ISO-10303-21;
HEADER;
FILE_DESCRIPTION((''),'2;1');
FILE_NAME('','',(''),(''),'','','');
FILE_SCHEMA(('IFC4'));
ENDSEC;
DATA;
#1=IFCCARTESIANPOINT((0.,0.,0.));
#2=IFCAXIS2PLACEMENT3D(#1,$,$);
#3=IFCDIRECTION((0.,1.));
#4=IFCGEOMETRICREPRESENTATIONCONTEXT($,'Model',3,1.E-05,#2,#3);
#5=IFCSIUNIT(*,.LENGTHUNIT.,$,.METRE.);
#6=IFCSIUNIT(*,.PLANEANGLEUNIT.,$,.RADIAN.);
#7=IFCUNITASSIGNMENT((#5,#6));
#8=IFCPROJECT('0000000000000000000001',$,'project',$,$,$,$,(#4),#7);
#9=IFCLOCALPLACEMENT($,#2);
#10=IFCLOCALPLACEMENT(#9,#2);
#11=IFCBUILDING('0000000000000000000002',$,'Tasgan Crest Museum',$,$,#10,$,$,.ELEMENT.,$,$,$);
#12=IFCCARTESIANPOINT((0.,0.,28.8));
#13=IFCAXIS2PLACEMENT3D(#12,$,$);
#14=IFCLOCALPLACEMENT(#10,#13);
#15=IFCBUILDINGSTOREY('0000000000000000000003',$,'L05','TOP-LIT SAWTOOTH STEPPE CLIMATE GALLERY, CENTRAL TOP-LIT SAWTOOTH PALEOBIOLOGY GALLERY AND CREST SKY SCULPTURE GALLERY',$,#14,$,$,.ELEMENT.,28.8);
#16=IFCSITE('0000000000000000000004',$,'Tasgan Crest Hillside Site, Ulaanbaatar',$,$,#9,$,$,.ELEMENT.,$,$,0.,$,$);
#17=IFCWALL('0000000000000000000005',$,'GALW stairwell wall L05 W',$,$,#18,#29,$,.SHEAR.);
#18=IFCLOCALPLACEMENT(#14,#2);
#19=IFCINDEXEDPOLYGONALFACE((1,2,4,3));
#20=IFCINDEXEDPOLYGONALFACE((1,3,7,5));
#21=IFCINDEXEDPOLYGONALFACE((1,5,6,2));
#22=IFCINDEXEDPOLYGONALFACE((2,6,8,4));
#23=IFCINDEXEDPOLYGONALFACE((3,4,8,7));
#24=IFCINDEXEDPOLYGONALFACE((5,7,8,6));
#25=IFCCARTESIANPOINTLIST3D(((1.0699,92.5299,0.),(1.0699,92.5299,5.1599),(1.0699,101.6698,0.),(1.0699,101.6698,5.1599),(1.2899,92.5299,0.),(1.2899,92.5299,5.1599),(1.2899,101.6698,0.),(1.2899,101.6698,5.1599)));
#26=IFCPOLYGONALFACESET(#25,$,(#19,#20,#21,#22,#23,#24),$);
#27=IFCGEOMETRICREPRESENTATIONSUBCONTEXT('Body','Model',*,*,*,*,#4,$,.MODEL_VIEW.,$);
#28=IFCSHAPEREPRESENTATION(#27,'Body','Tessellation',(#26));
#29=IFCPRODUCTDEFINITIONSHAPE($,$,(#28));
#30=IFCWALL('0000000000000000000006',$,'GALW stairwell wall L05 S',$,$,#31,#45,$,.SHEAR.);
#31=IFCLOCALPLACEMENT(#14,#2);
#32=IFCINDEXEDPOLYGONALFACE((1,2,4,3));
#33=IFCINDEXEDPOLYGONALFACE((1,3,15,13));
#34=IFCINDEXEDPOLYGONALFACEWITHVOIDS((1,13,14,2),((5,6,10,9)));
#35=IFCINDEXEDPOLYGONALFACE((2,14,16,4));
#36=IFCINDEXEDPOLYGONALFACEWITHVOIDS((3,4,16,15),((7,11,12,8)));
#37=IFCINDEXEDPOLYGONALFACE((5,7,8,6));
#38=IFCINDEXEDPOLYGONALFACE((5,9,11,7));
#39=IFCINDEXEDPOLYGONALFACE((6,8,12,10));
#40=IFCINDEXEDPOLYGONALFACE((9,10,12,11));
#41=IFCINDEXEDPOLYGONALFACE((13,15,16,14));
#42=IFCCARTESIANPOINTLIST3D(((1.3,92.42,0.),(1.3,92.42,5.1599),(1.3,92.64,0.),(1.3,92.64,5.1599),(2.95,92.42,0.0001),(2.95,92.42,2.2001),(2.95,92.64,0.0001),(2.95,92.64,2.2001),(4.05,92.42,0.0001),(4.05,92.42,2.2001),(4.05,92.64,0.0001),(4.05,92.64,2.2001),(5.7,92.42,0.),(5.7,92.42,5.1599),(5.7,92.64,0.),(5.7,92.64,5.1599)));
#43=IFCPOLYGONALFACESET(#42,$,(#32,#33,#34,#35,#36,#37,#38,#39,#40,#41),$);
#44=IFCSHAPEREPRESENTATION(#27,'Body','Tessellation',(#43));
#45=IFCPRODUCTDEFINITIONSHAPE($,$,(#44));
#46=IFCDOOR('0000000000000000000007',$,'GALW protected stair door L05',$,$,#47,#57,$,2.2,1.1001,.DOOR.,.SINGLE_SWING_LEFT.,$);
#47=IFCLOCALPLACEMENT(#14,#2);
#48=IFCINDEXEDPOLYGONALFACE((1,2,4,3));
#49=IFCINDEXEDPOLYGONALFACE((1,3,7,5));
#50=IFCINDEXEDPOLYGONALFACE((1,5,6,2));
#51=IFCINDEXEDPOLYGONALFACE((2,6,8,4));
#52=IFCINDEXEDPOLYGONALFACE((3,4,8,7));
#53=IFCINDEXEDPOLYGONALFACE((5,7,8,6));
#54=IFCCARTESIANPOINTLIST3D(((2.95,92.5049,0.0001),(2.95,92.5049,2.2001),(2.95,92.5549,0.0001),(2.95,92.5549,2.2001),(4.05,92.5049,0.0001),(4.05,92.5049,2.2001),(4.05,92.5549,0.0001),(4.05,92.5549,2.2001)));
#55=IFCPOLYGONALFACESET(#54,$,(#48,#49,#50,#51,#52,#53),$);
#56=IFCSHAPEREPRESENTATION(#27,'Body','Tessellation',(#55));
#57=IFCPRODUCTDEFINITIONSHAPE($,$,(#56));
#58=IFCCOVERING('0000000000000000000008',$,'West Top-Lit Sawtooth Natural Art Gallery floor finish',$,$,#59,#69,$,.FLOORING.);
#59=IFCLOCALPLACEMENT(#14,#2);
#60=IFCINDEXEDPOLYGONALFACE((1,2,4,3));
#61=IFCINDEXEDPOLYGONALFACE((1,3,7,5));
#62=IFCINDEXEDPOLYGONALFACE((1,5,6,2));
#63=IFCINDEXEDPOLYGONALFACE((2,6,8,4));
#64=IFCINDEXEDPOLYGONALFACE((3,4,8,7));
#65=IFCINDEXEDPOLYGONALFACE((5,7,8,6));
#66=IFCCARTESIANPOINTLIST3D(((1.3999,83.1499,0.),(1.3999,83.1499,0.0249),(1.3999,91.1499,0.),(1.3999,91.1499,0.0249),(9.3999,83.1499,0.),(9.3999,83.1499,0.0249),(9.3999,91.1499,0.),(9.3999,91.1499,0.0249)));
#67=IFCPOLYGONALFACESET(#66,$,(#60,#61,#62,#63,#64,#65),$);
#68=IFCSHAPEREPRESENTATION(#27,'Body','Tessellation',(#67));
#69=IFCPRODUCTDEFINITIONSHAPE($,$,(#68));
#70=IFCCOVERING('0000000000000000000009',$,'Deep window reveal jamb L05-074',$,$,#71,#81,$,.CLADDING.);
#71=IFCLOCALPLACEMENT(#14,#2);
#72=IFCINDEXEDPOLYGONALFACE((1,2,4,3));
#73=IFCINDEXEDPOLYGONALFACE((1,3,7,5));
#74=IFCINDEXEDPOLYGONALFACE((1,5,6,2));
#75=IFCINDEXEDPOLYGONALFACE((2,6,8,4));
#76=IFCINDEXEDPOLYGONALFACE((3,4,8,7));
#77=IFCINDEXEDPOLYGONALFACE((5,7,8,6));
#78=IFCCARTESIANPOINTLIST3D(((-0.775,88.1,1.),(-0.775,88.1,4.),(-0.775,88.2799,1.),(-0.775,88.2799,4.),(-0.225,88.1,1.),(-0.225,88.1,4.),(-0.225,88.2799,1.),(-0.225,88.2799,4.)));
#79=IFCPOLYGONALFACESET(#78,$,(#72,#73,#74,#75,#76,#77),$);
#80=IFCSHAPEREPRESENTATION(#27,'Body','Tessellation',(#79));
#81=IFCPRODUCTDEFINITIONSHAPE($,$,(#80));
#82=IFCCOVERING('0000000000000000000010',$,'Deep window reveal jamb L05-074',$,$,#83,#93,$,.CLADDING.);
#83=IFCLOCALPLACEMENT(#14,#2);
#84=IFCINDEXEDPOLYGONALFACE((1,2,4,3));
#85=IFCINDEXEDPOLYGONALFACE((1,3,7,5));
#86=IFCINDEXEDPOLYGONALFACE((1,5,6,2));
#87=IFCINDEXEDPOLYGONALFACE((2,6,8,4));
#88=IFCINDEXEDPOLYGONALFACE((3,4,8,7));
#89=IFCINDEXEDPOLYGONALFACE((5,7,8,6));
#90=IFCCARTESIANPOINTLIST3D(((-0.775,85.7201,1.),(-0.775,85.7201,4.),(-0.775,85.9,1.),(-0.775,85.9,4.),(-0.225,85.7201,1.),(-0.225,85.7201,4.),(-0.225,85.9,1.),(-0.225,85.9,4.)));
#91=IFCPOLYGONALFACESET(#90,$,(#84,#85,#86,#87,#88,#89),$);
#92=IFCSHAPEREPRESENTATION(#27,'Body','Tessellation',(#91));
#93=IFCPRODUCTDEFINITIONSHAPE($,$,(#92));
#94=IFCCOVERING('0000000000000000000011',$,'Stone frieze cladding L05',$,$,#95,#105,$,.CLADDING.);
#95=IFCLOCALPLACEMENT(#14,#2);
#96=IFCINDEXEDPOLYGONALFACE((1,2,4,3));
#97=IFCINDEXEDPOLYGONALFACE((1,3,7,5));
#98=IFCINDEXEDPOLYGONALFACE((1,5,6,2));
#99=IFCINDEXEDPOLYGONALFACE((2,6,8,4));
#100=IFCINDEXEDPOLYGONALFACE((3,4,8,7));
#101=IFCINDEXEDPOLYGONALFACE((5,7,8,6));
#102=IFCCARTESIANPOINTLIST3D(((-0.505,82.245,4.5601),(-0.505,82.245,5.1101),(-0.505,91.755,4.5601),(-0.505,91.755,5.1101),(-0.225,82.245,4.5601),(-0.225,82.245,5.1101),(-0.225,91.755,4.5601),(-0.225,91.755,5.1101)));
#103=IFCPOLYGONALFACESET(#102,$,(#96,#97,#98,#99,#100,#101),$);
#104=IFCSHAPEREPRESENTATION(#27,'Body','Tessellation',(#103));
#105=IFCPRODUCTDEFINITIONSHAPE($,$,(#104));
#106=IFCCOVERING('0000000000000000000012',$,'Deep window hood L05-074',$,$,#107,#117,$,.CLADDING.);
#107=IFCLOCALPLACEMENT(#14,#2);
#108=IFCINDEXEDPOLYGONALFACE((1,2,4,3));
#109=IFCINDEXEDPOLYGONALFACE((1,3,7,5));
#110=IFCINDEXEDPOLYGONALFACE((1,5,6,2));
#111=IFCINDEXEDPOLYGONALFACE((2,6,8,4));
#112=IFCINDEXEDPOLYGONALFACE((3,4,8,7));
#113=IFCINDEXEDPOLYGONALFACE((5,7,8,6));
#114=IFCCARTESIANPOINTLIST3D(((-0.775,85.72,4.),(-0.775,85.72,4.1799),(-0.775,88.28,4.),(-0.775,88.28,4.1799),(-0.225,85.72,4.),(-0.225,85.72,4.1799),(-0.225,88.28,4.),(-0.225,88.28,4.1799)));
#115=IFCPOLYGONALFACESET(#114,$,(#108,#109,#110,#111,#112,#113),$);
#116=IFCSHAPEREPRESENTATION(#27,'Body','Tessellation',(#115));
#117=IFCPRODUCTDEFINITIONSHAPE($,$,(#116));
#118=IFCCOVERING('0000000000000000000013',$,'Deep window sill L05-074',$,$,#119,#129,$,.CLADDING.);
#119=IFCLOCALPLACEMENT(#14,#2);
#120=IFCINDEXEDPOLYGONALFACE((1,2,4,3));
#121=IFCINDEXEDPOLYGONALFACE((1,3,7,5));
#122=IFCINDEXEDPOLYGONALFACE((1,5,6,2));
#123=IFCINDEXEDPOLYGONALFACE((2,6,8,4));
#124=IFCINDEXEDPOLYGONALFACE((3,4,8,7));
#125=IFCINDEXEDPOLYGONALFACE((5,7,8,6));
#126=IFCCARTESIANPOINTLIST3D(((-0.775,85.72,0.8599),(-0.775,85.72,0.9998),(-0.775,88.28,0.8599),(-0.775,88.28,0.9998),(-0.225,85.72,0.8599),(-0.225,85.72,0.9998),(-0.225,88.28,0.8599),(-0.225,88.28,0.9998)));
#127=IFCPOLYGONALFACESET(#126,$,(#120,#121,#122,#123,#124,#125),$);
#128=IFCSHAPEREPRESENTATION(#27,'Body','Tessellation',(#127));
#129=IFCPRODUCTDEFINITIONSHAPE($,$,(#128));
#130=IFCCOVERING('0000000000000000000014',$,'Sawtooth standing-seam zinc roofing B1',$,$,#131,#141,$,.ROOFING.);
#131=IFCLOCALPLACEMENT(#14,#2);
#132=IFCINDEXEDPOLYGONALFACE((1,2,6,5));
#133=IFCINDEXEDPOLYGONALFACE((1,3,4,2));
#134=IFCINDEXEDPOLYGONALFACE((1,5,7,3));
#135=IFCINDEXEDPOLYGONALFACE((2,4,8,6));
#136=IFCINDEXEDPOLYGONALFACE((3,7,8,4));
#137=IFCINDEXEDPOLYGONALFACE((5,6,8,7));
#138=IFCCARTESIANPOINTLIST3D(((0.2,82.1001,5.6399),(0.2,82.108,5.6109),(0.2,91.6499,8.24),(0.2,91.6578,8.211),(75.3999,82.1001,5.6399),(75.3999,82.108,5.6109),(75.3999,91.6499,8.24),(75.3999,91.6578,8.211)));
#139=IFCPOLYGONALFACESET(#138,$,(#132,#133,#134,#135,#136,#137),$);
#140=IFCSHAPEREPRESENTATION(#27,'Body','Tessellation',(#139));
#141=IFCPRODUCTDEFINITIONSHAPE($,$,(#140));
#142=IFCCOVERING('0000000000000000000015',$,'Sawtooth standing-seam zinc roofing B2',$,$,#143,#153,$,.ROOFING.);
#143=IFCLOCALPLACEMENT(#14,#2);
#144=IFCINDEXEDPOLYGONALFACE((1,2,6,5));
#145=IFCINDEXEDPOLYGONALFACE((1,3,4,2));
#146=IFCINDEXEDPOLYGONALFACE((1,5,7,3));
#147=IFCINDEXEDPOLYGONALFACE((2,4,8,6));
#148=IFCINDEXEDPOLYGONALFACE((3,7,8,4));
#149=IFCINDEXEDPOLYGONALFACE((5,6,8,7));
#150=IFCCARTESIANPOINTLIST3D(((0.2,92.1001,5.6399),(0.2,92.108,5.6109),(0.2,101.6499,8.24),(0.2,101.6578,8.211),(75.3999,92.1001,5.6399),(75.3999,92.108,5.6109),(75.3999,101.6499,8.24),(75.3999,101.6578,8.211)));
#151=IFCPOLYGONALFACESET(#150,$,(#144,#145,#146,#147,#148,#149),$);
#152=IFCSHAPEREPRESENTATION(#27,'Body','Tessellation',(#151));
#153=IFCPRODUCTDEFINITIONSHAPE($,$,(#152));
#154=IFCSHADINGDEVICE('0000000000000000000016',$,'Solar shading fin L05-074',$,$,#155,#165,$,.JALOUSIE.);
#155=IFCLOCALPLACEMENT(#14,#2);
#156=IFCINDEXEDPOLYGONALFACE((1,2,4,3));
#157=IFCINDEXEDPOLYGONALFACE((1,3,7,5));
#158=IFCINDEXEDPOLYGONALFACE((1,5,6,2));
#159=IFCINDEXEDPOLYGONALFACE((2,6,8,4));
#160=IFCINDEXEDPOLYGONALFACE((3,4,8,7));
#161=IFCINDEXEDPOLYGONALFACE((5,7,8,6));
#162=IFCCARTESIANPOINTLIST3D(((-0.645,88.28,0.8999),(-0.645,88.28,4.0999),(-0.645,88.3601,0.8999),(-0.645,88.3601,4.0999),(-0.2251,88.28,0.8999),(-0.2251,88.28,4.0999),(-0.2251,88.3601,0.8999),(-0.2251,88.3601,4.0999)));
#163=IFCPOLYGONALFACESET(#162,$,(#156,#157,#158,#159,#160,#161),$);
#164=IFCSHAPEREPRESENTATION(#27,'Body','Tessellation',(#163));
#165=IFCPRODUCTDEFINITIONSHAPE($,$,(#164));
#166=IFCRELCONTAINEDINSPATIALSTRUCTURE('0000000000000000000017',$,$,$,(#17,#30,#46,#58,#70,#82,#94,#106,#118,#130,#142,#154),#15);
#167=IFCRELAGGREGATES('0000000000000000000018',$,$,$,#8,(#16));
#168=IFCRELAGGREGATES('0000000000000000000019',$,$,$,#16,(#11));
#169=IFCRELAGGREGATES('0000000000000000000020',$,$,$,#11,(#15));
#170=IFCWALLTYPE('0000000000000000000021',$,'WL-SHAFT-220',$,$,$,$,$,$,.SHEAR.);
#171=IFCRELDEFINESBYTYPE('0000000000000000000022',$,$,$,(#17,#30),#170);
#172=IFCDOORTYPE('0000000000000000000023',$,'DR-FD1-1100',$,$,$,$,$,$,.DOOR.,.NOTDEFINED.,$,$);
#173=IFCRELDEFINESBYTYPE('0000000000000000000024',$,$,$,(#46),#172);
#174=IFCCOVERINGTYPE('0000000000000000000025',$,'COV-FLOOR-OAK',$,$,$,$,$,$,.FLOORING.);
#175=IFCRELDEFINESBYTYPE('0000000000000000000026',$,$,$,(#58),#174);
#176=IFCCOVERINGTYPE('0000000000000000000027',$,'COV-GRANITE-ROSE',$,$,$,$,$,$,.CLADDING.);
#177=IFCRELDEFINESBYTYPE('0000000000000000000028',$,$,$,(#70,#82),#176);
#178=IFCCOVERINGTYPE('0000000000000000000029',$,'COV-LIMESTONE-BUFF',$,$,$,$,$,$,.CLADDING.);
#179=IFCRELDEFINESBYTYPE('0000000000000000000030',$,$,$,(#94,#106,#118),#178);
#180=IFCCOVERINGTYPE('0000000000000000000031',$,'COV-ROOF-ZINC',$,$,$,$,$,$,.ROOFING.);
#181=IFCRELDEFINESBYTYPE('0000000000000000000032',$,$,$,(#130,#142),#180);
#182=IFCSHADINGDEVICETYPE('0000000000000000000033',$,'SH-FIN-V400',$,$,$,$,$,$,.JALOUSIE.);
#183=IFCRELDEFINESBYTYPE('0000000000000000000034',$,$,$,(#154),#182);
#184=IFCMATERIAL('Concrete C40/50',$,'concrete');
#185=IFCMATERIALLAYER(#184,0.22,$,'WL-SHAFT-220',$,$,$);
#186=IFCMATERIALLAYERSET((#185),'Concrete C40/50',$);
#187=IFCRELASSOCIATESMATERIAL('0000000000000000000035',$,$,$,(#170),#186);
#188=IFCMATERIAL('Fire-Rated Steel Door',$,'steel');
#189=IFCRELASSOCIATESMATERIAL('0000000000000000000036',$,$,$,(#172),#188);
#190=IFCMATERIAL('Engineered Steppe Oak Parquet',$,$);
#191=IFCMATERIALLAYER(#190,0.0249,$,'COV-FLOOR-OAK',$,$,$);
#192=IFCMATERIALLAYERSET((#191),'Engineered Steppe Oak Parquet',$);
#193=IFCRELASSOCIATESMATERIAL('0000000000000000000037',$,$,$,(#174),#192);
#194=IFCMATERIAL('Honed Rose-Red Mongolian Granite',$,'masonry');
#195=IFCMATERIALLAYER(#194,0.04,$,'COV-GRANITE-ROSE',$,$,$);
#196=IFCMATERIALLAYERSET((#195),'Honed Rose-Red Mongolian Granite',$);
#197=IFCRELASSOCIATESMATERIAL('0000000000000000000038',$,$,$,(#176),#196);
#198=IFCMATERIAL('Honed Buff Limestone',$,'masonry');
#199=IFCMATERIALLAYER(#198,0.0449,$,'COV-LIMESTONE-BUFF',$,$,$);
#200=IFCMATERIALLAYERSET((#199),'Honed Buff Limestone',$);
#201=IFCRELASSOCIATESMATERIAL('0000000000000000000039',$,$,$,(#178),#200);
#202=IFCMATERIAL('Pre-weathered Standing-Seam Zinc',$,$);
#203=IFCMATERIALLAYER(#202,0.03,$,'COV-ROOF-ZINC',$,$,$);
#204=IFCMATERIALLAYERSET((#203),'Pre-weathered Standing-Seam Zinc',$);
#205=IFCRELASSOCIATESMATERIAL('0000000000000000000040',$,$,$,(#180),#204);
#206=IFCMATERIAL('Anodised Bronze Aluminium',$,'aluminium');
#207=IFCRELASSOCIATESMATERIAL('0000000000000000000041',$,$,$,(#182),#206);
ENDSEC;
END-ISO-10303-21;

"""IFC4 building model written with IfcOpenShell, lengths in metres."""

from ifc_helpers import new_model, si_unit, direction, frame, frame_2d, origin, origin_2d, place, context, subcontext, project, spatial, polyline, rectangle, outline, extrude, material, layer, layer_set, type_object, element, fill, save


model = new_model("IFC4")

# Units and contexts
model_context = context("Model", 3, precision=1e-05, world=origin(), true_north=direction((0.0, 1.0)))
body_context = subcontext(model_context, "Body", "Model", "MODEL_VIEW")
ifc_project = project(units=[si_unit("LENGTHUNIT", "METRE"), si_unit("PLANEANGLEUNIT", "RADIAN")], contexts=[model_context])

# Site, building, storey
site_placement = place(None, origin())
site = spatial("IfcSite", under=ifc_project, at=site_placement, Name="Tasgan Crest Hillside Site, Ulaanbaatar", CompositionType="ELEMENT", RefElevation=0.0)
building_placement = place(site_placement, origin())
building = spatial("IfcBuilding", under=site, at=building_placement, Name="Tasgan Crest Museum", CompositionType="ELEMENT")
storey_placement = place(building_placement, frame((0.0, 0.0, 28.8)))
storey = spatial("IfcBuildingStorey", under=building, at=storey_placement, Name="L05", Description="TOP-LIT SAWTOOTH STEPPE CLIMATE GALLERY, CENTRAL TOP-LIT SAWTOOTH PALEOBIOLOGY GALLERY AND CREST SKY SCULPTURE GALLERY", CompositionType="ELEMENT", Elevation=28.8)

# Wall
ifc_material_1 = material(Name="Concrete C40/50", Category="concrete")
ifc_layer_1 = layer(ifc_material_1, 0.22, Name="WL-SHAFT-220")
ifc_layer_set_1 = layer_set([ifc_layer_1], Name="Concrete C40/50")
wall_type_1 = type_object("IfcWallType", Name="WL-SHAFT-220", PredefinedType="SHEAR", material=ifc_layer_set_1)
wall_1_placement = place(storey_placement, frame((1.1799, 92.53, 0.0), z_axis=(0.0, 0.0, 1.0), x_axis=(0.0, 1.0, 0.0)))
element("IfcWall", 1, at=wall_1_placement, inside=storey, type_object=wall_type_1, Name="GALW stairwell wall L05 W", PredefinedType="SHEAR", context=body_context, shape_type="SweptSolid", body=[
    extrude(rectangle(XDim=9.1399, YDim=0.22, at=frame_2d((4.5698, 0.0))), origin(), (0.0, 0.0, 1.0), 5.1599),
])

# Wall, opening, door
wall_2_placement = place(storey_placement, frame((1.3, 92.53, 0.0), z_axis=(0.0, 0.0, 1.0), x_axis=(1.0, 0.0, 0.0)))
wall_2 = element("IfcWall", 2, at=wall_2_placement, inside=storey, type_object=wall_type_1, Name="GALW stairwell wall L05 S", PredefinedType="SHEAR", context=body_context, shape_type="SweptSolid", body=[
    extrude(rectangle(XDim=4.3999, YDim=0.22, at=frame_2d((2.2, 0.0))), origin(), (0.0, 0.0, 1.0), 5.1599),
])
opening_1_placement = place(wall_2_placement, frame((1.6499, 0.0, 0.0)))
opening_1 = element("IfcOpeningElement", 3, at=opening_1_placement, cuts=wall_2, PredefinedType="OPENING", context=body_context, shape_type="SweptSolid", body=[
    extrude(rectangle(XDim=1.1001, YDim=2.2, at=frame_2d((0.55, 1.1001))), frame((0.0, 0.1199, 0.0), z_axis=(0.0, -1.0, 0.0), x_axis=(1.0, 0.0, 0.0)), (0.0, 0.0, 1.0), 0.24),
])
ifc_material_2 = material(Name="Fire-Rated Steel Door", Category="steel")
door_type = type_object("IfcDoorType", Name="DR-FD1-1100", OperationType="NOTDEFINED", PredefinedType="DOOR", material=ifc_material_2)
door_placement = place(opening_1_placement, origin())
door = element("IfcDoor", 4, at=door_placement, inside=storey, type_object=door_type, Name="GALW protected stair door L05", OperationType="SINGLE_SWING_LEFT", OverallHeight=2.2, OverallWidth=1.1001, PredefinedType="DOOR", context=body_context, shape_type="SweptSolid", body=[
    extrude(rectangle(XDim=1.1001, YDim=2.2, at=frame_2d((0.55, 1.1001))), frame((0.0, 0.0249, 0.0), z_axis=(0.0, -1.0, 0.0), x_axis=(1.0, 0.0, 0.0)), (0.0, 0.0, 1.0), 0.05),
])
fill(opening_1, door)

# Coverings
ifc_material_3 = material(Name="Engineered Steppe Oak Parquet")
ifc_layer_2 = layer(ifc_material_3, 0.0249, Name="COV-FLOOR-OAK")
ifc_layer_set_2 = layer_set([ifc_layer_2], Name="Engineered Steppe Oak Parquet")
covering_type_1 = type_object("IfcCoveringType", Name="COV-FLOOR-OAK", PredefinedType="FLOORING", material=ifc_layer_set_2)
covering_1_placement = place(storey_placement, frame((5.3999, 87.1499, 0.0), z_axis=(0.0, 0.0, 1.0), x_axis=(1.0, 0.0, 0.0)))
element("IfcCovering", 5, at=covering_1_placement, inside=storey, type_object=covering_type_1, Name="West Top-Lit Sawtooth Natural Art Gallery floor finish", PredefinedType="FLOORING", context=body_context, shape_type="SweptSolid", body=[
    extrude(rectangle(XDim=8.0, YDim=8.0, at=origin_2d()), origin(), (0.0, 0.0, 1.0), 0.0249),
])
ifc_material_4 = material(Name="Honed Rose-Red Mongolian Granite", Category="masonry")
ifc_layer_3 = layer(ifc_material_4, 0.04, Name="COV-GRANITE-ROSE")
ifc_layer_set_3 = layer_set([ifc_layer_3], Name="Honed Rose-Red Mongolian Granite")
covering_type_2 = type_object("IfcCoveringType", Name="COV-GRANITE-ROSE", PredefinedType="CLADDING", material=ifc_layer_set_3)
for number, where, z_axis, x_axis, name in (
    (6, (-0.5, 88.1899, 1.0), (0.0, 0.0, 1.0), (0.0, -1.0, 0.0), "Deep window reveal jamb L05-074"),
    (7, (-0.5, 85.8101, 1.0), (0.0, 0.0, 1.0), (0.0, -1.0, 0.0), "Deep window reveal jamb L05-074"),
):
    element("IfcCovering", number, at=place(storey_placement, frame(where, z_axis=z_axis, x_axis=x_axis)), inside=storey, type_object=covering_type_2, Name=name, PredefinedType="CLADDING", context=body_context, shape_type="SweptSolid", body=[
        extrude(rectangle(XDim=0.1799, YDim=0.55, at=origin_2d()), origin(), (0.0, 0.0, 1.0), 3.0),
    ])
ifc_material_5 = material(Name="Honed Buff Limestone", Category="masonry")
ifc_layer_4 = layer(ifc_material_5, 0.0449, Name="COV-LIMESTONE-BUFF")
ifc_layer_set_4 = layer_set([ifc_layer_4], Name="Honed Buff Limestone")
covering_type_3 = type_object("IfcCoveringType", Name="COV-LIMESTONE-BUFF", PredefinedType="CLADDING", material=ifc_layer_set_4)
covering_2_placement = place(storey_placement, frame((-0.365, 87.0, 4.5601), z_axis=(0.0, 0.0, 1.0), x_axis=(0.0, -1.0, 0.0)))
element("IfcCovering", 8, at=covering_2_placement, inside=storey, type_object=covering_type_3, Name="Stone frieze cladding L05", PredefinedType="CLADDING", context=body_context, shape_type="SweptSolid", body=[
    extrude(rectangle(XDim=9.51, YDim=0.28, at=origin_2d()), origin(), (0.0, 0.0, 1.0), 0.55),
])
covering_3_placement = place(storey_placement, frame((-0.5, 87.0, 4.0), z_axis=(0.0, 0.0, 1.0), x_axis=(0.0, -1.0, 0.0)))
element("IfcCovering", 9, at=covering_3_placement, inside=storey, type_object=covering_type_3, Name="Deep window hood L05-074", PredefinedType="CLADDING", context=body_context, shape_type="SweptSolid", body=[
    extrude(rectangle(XDim=2.5601, YDim=0.55, at=origin_2d()), origin(), (0.0, 0.0, 1.0), 0.1799),
])
covering_4_placement = place(storey_placement, frame((-0.5, 87.0, 0.8599), z_axis=(0.0, 0.0, 1.0), x_axis=(0.0, -1.0, 0.0)))
element("IfcCovering", 10, at=covering_4_placement, inside=storey, type_object=covering_type_3, Name="Deep window sill L05-074", PredefinedType="CLADDING", context=body_context, shape_type="SweptSolid", body=[
    extrude(rectangle(XDim=2.5601, YDim=0.55, at=origin_2d()), origin(), (0.0, 0.0, 1.0), 0.1399),
])
ifc_material_6 = material(Name="Pre-weathered Standing-Seam Zinc")
ifc_layer_5 = layer(ifc_material_6, 0.03, Name="COV-ROOF-ZINC")
ifc_layer_set_5 = layer_set([ifc_layer_5], Name="Pre-weathered Standing-Seam Zinc")
covering_type_4 = type_object("IfcCoveringType", Name="COV-ROOF-ZINC", PredefinedType="ROOFING", material=ifc_layer_set_5)
for number, where, z_axis, x_axis, name in (
    (11, (0.2, 82.1001, 5.6399), (0.0, -0.262704, 0.964876), (1.0, 0.0, 0.0), "Sawtooth standing-seam zinc roofing B1"),
    (12, (0.2, 92.1001, 5.6399), (0.0, -0.262704, 0.964876), (1.0, 0.0, 0.0), "Sawtooth standing-seam zinc roofing B2"),
):
    element("IfcCovering", number, at=place(storey_placement, frame(where, z_axis=z_axis, x_axis=x_axis)), inside=storey, type_object=covering_type_4, Name=name, PredefinedType="ROOFING", context=body_context, shape_type="SweptSolid", body=[
        extrude(outline(polyline([(0.0, 0.0), (75.2, 0.0), (75.2, 9.8974), (0.0, 9.8974), (0.0, 0.0)])), origin(), (0.0, 0.0, -1.0), 0.03),
    ])

# Shading device
ifc_material_7 = material(Name="Anodised Bronze Aluminium", Category="aluminium")
shading_device_type = type_object("IfcShadingDeviceType", Name="SH-FIN-V400", PredefinedType="JALOUSIE", material=ifc_material_7)
shading_device_placement = place(storey_placement, frame((-0.4351, 88.3201, 0.8999), z_axis=(0.0, 0.0, 1.0), x_axis=(0.0, -1.0, 0.0)))
element("IfcShadingDevice", 13, at=shading_device_placement, inside=storey, type_object=shading_device_type, Name="Solar shading fin L05-074", PredefinedType="JALOUSIE", context=body_context, shape_type="SweptSolid", body=[
    extrude(rectangle(XDim=0.0801, YDim=0.4199, at=origin_2d()), origin(), (0.0, 0.0, 1.0), 3.2),
])

save(model, "model.ifc")
